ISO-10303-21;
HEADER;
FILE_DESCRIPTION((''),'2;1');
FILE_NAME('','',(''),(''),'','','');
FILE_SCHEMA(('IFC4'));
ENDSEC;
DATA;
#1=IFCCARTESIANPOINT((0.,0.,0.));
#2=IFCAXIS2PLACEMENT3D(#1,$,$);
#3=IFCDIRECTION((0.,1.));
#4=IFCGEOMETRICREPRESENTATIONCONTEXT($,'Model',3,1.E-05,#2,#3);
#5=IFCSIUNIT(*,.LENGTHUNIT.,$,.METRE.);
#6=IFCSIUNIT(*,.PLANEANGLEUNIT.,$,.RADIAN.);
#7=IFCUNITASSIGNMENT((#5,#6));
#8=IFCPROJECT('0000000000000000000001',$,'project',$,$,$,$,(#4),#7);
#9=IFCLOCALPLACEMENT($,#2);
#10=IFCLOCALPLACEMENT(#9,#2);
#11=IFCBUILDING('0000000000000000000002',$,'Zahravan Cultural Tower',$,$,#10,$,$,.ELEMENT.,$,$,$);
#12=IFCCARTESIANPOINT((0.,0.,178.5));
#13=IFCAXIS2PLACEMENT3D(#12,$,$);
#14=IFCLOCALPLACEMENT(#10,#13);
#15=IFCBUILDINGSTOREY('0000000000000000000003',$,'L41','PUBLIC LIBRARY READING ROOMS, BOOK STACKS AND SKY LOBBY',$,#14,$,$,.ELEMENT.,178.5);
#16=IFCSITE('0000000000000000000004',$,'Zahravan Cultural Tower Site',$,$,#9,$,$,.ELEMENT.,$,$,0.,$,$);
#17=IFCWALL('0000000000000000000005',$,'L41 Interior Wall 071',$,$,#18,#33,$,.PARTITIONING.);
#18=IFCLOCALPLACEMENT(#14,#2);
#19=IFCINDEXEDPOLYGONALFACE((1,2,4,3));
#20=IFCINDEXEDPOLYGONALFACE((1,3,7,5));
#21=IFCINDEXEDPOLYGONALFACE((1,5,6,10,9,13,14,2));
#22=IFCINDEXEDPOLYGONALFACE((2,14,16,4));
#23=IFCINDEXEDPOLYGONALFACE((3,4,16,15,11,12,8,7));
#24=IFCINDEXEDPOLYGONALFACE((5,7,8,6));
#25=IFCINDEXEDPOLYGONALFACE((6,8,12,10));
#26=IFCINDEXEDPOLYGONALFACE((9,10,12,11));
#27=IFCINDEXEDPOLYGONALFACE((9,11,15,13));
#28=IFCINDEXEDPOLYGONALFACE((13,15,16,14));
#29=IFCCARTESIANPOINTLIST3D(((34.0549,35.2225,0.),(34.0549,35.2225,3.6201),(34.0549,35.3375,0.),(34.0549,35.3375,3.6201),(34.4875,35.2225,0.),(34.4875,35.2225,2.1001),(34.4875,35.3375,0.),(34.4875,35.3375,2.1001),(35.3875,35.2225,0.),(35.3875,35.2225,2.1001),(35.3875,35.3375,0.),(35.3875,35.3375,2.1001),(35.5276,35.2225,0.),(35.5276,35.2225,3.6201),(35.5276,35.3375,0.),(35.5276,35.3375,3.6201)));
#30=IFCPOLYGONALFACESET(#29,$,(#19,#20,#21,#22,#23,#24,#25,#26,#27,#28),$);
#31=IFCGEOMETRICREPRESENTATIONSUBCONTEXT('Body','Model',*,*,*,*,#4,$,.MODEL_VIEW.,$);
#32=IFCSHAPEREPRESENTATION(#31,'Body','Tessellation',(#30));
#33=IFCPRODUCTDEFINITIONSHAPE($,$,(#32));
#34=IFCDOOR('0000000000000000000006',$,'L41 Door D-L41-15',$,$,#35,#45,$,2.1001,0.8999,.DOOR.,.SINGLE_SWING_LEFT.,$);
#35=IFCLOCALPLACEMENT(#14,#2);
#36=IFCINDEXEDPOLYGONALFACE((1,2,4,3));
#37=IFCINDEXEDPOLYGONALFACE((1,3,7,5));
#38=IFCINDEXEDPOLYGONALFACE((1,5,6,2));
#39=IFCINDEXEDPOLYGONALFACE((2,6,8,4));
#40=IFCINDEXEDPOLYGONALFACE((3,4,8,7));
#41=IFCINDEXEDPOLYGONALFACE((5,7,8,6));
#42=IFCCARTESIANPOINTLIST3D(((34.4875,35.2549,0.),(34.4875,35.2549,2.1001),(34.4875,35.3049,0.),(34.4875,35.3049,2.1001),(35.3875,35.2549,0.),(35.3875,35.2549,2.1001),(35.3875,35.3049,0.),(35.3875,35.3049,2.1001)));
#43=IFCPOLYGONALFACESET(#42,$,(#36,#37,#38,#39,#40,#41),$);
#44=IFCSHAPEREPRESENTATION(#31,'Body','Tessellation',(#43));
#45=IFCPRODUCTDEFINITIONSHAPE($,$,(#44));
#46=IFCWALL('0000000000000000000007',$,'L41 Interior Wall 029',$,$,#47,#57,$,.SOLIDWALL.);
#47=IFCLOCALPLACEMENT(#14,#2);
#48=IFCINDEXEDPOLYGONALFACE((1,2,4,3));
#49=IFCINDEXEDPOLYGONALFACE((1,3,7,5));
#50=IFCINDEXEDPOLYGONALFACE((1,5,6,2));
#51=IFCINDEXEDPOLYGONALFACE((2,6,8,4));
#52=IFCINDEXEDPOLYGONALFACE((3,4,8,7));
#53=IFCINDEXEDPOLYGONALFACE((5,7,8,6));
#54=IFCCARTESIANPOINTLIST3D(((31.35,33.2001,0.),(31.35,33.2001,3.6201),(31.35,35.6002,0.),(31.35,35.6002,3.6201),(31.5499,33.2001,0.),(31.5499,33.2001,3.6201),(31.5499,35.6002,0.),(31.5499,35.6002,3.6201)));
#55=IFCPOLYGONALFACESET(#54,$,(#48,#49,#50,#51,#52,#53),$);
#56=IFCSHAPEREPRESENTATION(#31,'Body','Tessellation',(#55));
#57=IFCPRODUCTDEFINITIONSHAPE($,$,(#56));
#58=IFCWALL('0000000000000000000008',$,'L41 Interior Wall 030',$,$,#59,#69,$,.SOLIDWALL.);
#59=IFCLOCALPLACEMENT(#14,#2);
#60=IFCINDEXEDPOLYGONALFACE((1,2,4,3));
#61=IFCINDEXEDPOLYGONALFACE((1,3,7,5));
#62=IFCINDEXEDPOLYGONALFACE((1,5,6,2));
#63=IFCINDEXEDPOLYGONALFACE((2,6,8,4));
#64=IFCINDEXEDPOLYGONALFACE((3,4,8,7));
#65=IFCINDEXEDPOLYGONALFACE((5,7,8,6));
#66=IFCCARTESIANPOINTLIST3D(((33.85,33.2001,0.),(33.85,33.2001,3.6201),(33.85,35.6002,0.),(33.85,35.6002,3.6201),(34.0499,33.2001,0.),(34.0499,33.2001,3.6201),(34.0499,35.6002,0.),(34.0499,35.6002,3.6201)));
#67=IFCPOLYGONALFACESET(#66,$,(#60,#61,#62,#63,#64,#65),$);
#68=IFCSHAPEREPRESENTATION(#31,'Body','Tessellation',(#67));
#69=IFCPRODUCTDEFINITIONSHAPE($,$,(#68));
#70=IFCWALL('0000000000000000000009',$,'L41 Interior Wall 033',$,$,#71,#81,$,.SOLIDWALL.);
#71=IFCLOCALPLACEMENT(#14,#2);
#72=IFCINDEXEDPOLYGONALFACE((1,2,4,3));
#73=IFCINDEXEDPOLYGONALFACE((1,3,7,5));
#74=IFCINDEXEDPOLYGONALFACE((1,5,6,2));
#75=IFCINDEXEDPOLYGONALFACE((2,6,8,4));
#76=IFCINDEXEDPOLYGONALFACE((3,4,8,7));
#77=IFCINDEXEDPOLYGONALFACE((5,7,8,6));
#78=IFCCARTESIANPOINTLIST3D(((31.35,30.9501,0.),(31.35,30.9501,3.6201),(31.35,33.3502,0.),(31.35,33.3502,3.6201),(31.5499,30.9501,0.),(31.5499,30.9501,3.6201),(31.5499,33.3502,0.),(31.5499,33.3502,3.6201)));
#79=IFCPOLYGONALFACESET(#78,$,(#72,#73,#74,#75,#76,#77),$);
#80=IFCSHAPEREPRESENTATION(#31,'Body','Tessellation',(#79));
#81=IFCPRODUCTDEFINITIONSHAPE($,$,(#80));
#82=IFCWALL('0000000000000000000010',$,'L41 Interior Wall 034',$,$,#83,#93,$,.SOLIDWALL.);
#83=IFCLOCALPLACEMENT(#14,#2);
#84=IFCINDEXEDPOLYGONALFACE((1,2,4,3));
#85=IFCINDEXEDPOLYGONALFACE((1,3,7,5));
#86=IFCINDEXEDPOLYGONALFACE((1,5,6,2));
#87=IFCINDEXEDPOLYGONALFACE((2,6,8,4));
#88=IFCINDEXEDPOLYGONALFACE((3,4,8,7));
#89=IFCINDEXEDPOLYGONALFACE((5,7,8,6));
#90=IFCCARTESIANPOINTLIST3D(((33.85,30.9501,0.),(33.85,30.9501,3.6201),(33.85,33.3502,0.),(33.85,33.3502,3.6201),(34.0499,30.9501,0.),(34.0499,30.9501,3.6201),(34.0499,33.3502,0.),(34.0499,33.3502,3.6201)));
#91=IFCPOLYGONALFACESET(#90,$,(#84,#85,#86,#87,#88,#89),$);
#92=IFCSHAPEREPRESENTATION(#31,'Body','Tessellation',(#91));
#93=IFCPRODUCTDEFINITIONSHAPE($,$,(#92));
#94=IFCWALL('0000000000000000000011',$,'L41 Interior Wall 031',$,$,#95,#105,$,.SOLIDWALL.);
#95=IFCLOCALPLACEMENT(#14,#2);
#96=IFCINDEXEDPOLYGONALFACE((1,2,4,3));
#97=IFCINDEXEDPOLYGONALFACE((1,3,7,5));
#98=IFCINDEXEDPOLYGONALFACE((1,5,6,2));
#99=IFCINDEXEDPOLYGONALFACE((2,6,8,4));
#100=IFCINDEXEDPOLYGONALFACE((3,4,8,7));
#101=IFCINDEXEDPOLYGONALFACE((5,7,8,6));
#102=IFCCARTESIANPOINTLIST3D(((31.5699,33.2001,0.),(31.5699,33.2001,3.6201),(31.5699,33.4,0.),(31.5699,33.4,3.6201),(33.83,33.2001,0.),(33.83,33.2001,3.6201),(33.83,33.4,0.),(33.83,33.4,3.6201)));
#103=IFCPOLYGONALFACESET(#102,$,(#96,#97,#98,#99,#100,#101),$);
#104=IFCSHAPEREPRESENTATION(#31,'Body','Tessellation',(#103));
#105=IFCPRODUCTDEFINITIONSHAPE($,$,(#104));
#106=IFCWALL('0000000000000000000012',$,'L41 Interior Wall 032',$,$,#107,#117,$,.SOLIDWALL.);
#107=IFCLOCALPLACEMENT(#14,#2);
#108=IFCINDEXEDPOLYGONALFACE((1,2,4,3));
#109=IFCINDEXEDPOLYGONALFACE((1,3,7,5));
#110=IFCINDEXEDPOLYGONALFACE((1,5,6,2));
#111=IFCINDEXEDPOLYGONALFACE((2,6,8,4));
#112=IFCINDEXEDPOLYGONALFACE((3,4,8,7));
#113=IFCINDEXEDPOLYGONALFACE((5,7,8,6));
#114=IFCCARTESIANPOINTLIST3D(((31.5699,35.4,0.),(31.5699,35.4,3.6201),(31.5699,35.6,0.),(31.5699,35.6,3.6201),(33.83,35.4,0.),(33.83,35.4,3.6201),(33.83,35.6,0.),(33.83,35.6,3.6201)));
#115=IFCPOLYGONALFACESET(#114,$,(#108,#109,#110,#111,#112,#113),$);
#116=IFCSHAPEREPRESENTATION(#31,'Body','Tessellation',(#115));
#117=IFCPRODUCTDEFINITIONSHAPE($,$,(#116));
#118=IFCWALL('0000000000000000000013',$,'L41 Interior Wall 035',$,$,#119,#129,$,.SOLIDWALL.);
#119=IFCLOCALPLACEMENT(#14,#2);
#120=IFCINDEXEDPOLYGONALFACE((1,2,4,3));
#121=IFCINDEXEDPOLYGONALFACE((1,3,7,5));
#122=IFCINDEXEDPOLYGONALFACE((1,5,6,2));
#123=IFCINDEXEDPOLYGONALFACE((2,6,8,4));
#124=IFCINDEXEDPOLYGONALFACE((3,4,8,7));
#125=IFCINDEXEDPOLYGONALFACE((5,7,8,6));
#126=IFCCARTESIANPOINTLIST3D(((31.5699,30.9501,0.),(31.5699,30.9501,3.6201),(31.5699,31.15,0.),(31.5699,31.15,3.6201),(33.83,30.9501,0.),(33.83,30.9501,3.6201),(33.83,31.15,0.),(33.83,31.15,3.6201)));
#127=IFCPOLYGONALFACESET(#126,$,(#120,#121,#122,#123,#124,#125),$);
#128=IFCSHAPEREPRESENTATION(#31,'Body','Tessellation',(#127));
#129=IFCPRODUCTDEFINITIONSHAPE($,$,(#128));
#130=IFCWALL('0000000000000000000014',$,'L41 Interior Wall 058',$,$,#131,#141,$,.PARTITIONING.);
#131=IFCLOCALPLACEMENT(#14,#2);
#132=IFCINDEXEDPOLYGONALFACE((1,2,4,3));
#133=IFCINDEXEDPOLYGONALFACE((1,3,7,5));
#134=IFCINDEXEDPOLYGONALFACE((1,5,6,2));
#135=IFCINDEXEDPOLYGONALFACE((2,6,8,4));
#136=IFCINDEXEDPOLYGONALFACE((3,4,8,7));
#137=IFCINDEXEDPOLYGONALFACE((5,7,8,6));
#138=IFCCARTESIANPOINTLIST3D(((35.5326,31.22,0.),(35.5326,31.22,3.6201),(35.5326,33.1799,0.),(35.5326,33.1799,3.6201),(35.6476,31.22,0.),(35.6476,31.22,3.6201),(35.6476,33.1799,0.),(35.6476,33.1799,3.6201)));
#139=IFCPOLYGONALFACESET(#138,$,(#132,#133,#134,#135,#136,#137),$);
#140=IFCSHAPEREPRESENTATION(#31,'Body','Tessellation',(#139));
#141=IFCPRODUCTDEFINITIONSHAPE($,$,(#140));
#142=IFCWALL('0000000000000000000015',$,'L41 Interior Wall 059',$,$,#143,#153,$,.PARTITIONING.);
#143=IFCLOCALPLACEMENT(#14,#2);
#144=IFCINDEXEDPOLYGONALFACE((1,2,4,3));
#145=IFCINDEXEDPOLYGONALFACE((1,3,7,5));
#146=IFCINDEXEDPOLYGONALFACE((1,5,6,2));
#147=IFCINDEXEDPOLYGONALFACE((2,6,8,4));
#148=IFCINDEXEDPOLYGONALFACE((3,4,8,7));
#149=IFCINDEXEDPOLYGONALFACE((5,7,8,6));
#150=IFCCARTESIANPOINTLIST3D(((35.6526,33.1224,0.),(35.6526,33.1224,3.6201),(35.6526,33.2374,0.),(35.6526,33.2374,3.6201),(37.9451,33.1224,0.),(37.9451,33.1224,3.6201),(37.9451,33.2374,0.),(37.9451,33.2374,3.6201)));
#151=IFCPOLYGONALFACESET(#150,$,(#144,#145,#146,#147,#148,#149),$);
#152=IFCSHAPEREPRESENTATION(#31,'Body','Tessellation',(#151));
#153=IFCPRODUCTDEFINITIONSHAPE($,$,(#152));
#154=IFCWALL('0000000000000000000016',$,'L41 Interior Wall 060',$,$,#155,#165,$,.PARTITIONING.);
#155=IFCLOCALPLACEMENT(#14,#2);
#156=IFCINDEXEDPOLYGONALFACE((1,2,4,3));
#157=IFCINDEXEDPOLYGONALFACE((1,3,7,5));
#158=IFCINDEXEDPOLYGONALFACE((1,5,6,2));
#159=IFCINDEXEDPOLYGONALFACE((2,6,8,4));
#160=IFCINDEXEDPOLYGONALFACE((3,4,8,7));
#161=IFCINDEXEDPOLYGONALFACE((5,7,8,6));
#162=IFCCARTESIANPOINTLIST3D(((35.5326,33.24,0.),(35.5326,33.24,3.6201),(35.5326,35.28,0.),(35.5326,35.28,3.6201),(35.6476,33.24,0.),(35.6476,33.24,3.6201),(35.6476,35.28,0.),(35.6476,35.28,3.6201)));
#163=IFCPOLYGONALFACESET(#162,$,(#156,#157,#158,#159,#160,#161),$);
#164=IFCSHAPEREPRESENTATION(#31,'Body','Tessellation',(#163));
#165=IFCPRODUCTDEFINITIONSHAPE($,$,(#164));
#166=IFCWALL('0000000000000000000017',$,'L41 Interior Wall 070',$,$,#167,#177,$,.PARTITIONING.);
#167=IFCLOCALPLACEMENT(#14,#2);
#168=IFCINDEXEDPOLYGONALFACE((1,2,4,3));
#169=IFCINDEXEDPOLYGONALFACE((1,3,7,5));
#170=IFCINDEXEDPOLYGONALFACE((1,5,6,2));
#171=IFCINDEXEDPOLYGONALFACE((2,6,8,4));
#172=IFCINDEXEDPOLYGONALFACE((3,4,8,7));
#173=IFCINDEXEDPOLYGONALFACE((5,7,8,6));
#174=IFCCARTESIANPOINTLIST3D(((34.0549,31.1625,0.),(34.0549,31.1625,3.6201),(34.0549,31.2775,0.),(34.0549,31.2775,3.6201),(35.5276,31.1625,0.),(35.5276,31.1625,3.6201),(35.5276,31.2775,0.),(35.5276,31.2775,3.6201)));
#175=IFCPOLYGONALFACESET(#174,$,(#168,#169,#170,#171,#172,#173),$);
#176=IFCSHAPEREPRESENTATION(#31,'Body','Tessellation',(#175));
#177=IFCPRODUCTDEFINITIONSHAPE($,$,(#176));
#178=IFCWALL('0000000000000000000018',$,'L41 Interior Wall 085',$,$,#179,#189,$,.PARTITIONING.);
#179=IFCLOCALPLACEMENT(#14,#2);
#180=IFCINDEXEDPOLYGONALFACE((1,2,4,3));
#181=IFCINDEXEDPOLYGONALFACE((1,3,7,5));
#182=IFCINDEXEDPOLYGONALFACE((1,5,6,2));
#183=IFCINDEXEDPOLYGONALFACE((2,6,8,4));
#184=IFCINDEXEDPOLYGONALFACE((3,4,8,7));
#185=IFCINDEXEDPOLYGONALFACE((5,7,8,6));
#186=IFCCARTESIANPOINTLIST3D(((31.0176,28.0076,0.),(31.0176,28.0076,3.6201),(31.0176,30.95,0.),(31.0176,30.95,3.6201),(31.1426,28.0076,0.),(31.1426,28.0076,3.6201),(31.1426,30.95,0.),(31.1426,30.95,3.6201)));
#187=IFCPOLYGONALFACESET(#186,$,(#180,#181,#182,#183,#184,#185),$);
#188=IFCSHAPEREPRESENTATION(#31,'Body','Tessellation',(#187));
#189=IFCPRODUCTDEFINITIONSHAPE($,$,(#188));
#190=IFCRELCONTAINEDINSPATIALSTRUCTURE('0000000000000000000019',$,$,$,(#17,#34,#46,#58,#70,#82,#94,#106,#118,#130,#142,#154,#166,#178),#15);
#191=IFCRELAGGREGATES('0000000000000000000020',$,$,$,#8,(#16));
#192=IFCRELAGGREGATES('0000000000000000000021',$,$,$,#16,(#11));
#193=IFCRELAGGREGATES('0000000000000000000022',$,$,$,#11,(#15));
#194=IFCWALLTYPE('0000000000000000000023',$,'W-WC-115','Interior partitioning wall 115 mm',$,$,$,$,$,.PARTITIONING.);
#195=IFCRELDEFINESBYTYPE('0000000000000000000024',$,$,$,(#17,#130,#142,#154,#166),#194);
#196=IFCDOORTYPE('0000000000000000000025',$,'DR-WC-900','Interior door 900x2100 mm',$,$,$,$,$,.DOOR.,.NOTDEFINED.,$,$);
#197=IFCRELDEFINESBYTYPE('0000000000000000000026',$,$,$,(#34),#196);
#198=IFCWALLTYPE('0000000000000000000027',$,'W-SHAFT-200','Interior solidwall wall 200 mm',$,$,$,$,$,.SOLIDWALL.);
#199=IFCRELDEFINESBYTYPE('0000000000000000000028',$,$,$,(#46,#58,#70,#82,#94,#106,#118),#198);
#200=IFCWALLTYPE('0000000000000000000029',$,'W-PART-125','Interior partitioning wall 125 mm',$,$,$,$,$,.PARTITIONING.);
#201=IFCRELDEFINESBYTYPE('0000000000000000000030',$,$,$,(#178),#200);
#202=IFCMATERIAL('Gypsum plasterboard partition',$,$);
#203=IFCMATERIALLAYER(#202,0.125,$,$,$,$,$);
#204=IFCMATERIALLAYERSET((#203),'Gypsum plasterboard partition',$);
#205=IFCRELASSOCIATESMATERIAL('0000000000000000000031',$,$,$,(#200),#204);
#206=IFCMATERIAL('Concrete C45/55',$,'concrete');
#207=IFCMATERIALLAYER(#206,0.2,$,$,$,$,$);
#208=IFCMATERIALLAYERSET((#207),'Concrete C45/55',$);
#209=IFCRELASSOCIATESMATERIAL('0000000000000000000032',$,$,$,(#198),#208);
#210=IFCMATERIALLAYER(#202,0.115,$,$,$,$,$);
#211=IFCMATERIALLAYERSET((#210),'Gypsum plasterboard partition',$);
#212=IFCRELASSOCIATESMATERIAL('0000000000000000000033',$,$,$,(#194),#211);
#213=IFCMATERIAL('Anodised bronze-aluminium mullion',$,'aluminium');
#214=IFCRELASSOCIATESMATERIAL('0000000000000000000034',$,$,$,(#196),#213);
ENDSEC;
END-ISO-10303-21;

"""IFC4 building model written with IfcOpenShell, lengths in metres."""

from ifc_helpers import new_model, si_unit, direction, frame, frame_2d, origin, place, context, subcontext, project, spatial, rectangle, extrude, source, transform, mapped, material, layer, layer_set, type_object, element, fill, save


model = new_model("IFC4")

# Units and contexts
model_context = context("Model", 3, precision=1e-05, world=origin(), true_north=direction((0.0, 1.0)))
body_context = subcontext(model_context, "Body", "Model", "MODEL_VIEW")
ifc_project = project(units=[si_unit("LENGTHUNIT", "METRE"), si_unit("PLANEANGLEUNIT", "RADIAN")], contexts=[model_context])

# Site, building, storey
site_placement = place(None, origin())
site = spatial("IfcSite", under=ifc_project, at=site_placement, Name="Zahravan Cultural Tower Site", CompositionType="ELEMENT", RefElevation=0.0)
building_placement = place(site_placement, origin())
building = spatial("IfcBuilding", under=site, at=building_placement, Name="Zahravan Cultural Tower", CompositionType="ELEMENT")
storey_placement = place(building_placement, frame((0.0, 0.0, 178.5)))
storey = spatial("IfcBuildingStorey", under=building, at=storey_placement, Name="L41", Description="PUBLIC LIBRARY READING ROOMS, BOOK STACKS AND SKY LOBBY", CompositionType="ELEMENT", Elevation=178.5)

# Wall, opening, door
ifc_material_1 = material(Name="Gypsum plasterboard partition")
ifc_layer_1 = layer(ifc_material_1, 0.125)
ifc_layer_set_1 = layer_set([ifc_layer_1], Name="Gypsum plasterboard partition")
wall_type_1 = type_object("IfcWallType", Name="W-PART-125", Description="Interior partitioning wall 125 mm", PredefinedType="PARTITIONING", material=ifc_layer_set_1)
ifc_material_2 = material(Name="Anodised bronze-aluminium mullion", Category="aluminium")
ifc_material_3 = material(Name="Concrete C45/55", Category="concrete")
ifc_layer_2 = layer(ifc_material_3, 0.2)
ifc_layer_set_2 = layer_set([ifc_layer_2], Name="Concrete C45/55")
wall_type_2 = type_object("IfcWallType", Name="W-SHAFT-200", Description="Interior solidwall wall 200 mm", PredefinedType="SOLIDWALL", material=ifc_layer_set_2)
ifc_layer_3 = layer(ifc_material_1, 0.115)
ifc_layer_set_3 = layer_set([ifc_layer_3], Name="Gypsum plasterboard partition")
wall_type_3 = type_object("IfcWallType", Name="W-WC-115", Description="Interior partitioning wall 115 mm", PredefinedType="PARTITIONING", material=ifc_layer_set_3)
door_type_1 = type_object("IfcDoorType", Name="DR-WC-900", Description="Interior door 900x2100 mm", OperationType="NOTDEFINED", PredefinedType="DOOR", material=ifc_material_2)
shared_shape_1 = source(origin(), body_context, "Body", "SweptSolid", [
    extrude(rectangle(XDim=0.8999, YDim=2.1001, at=frame_2d((0.45, 1.05))), frame((0.0, 0.0249, 0.0), z_axis=(0.0, -1.0, 0.0), x_axis=(1.0, 0.0, 0.0)), (0.0, 0.0, 1.0), 0.05),
])
wall_1_placement = place(storey_placement, frame((34.0549, 35.28, 0.0), z_axis=(0.0, 0.0, 1.0), x_axis=(1.0, 0.0, 0.0)))
wall_1 = element("IfcWall", 1, at=wall_1_placement, inside=storey, type_object=wall_type_3, Name="L41 Interior Wall 071", PredefinedType="PARTITIONING", context=body_context, shape_type="SweptSolid", body=[
    extrude(rectangle(XDim=1.4727, YDim=0.115, at=frame_2d((0.7363, 0.0))), origin(), (0.0, 0.0, 1.0), 3.6201),
])
opening_1_placement = place(wall_1_placement, frame((0.4326, 0.0, 0.0)))
opening_1 = element("IfcOpeningElement", 2, at=opening_1_placement, cuts=wall_1, PredefinedType="OPENING", context=body_context, shape_type="SweptSolid", body=[
    extrude(rectangle(XDim=0.8999, YDim=2.1001, at=frame_2d((0.45, 1.05))), frame((0.0, 0.0674, 0.0), z_axis=(0.0, -1.0, 0.0), x_axis=(1.0, 0.0, 0.0)), (0.0, 0.0, 1.0), 0.135),
])
door_1_placement = place(opening_1_placement, origin())
door_1 = element("IfcDoor", 3, at=door_1_placement, inside=storey, type_object=door_type_1, Name="L41 Door D-L41-15", OperationType="SINGLE_SWING_LEFT", OverallHeight=2.1001, OverallWidth=0.8999, PredefinedType="DOOR", context=body_context, shape_type="MappedRepresentation", body=[
    mapped(shared_shape_1, transform((0.0, 0.0, 0.0), x_axis=(1.0, 0.0, 0.0), y_axis=(0.0, 1.0, 0.0), z_axis=(0.0, 0.0, 1.0), scale=1.0)),
])
fill(opening_1, door_1)

# Walls
shared_shape_2 = source(origin(), body_context, "Body", "SweptSolid", [
    extrude(rectangle(XDim=2.4001, YDim=0.2, at=frame_2d((1.2002, 0.0))), origin(), (0.0, 0.0, 1.0), 3.6201),
])
for number, where, z_axis, x_axis, name in (
    (4, (31.45, 33.2, 0.0), (0.0, 0.0, 1.0), (0.0, 1.0, 0.0), "L41 Interior Wall 029"),
    (5, (33.95, 33.2, 0.0), (0.0, 0.0, 1.0), (0.0, 1.0, 0.0), "L41 Interior Wall 030"),
    (6, (31.45, 30.95, 0.0), (0.0, 0.0, 1.0), (0.0, 1.0, 0.0), "L41 Interior Wall 033"),
    (7, (33.95, 30.95, 0.0), (0.0, 0.0, 1.0), (0.0, 1.0, 0.0), "L41 Interior Wall 034"),
):
    element("IfcWall", number, at=place(storey_placement, frame(where, z_axis=z_axis, x_axis=x_axis)), inside=storey, type_object=wall_type_2, Name=name, PredefinedType="SOLIDWALL", context=body_context, shape_type="MappedRepresentation", body=[
        mapped(shared_shape_2, transform((0.0, 0.0, 0.0), x_axis=(1.0, 0.0, 0.0), y_axis=(0.0, 1.0, 0.0), z_axis=(0.0, 0.0, 1.0), scale=1.0)),
    ])
shared_shape_3 = source(origin(), body_context, "Body", "SweptSolid", [
    extrude(rectangle(XDim=2.26, YDim=0.2, at=frame_2d((1.1299, 0.0))), origin(), (0.0, 0.0, 1.0), 3.6201),
])
for number, where, z_axis, x_axis, name in (
    (8, (31.5701, 33.3, 0.0), (0.0, 0.0, 1.0), (1.0, 0.0, 0.0), "L41 Interior Wall 031"),
    (9, (31.5701, 35.5, 0.0), (0.0, 0.0, 1.0), (1.0, 0.0, 0.0), "L41 Interior Wall 032"),
    (10, (31.5701, 31.05, 0.0), (0.0, 0.0, 1.0), (1.0, 0.0, 0.0), "L41 Interior Wall 035"),
):
    element("IfcWall", number, at=place(storey_placement, frame(where, z_axis=z_axis, x_axis=x_axis)), inside=storey, type_object=wall_type_2, Name=name, PredefinedType="SOLIDWALL", context=body_context, shape_type="MappedRepresentation", body=[
        mapped(shared_shape_3, transform((0.0, 0.0, 0.0), x_axis=(1.0, 0.0, 0.0), y_axis=(0.0, 1.0, 0.0), z_axis=(0.0, 0.0, 1.0), scale=1.0)),
    ])
shared_shape_4 = source(origin(), body_context, "Body", "SweptSolid", [
    extrude(rectangle(XDim=1.96, YDim=0.115, at=frame_2d((0.98, 0.0))), origin(), (0.0, 0.0, 1.0), 3.6201),
])
wall_2_placement = place(storey_placement, frame((35.5901, 31.22, 0.0), z_axis=(0.0, 0.0, 1.0), x_axis=(0.0, 1.0, 0.0)))
element("IfcWall", 11, at=wall_2_placement, inside=storey, type_object=wall_type_3, Name="L41 Interior Wall 058", PredefinedType="PARTITIONING", context=body_context, shape_type="MappedRepresentation", body=[
    mapped(shared_shape_4, transform((0.0, 0.0, 0.0), x_axis=(1.0, 0.0, 0.0), y_axis=(0.0, 1.0, 0.0), z_axis=(0.0, 0.0, 1.0), scale=1.0)),
])
shared_shape_5 = source(origin(), body_context, "Body", "SweptSolid", [
    extrude(rectangle(XDim=2.2925, YDim=0.115, at=frame_2d((1.1462, 0.0))), origin(), (0.0, 0.0, 1.0), 3.6201),
])
wall_3_placement = place(storey_placement, frame((35.6526, 33.1799, 0.0), z_axis=(0.0, 0.0, 1.0), x_axis=(1.0, 0.0, 0.0)))
element("IfcWall", 12, at=wall_3_placement, inside=storey, type_object=wall_type_3, Name="L41 Interior Wall 059", PredefinedType="PARTITIONING", context=body_context, shape_type="MappedRepresentation", body=[
    mapped(shared_shape_5, transform((0.0, 0.0, 0.0), x_axis=(1.0, 0.0, 0.0), y_axis=(0.0, 1.0, 0.0), z_axis=(0.0, 0.0, 1.0), scale=1.0)),
])
shared_shape_6 = source(origin(), body_context, "Body", "SweptSolid", [
    extrude(rectangle(XDim=2.04, YDim=0.115, at=frame_2d((1.02, 0.0))), origin(), (0.0, 0.0, 1.0), 3.6201),
])
wall_4_placement = place(storey_placement, frame((35.5901, 33.24, 0.0), z_axis=(0.0, 0.0, 1.0), x_axis=(0.0, 1.0, 0.0)))
element("IfcWall", 13, at=wall_4_placement, inside=storey, type_object=wall_type_3, Name="L41 Interior Wall 060", PredefinedType="PARTITIONING", context=body_context, shape_type="MappedRepresentation", body=[
    mapped(shared_shape_6, transform((0.0, 0.0, 0.0), x_axis=(1.0, 0.0, 0.0), y_axis=(0.0, 1.0, 0.0), z_axis=(0.0, 0.0, 1.0), scale=1.0)),
])
shared_shape_7 = source(origin(), body_context, "Body", "SweptSolid", [
    extrude(rectangle(XDim=1.4727, YDim=0.115, at=frame_2d((0.7363, 0.0))), origin(), (0.0, 0.0, 1.0), 3.6201),
])
wall_5_placement = place(storey_placement, frame((35.5276, 31.22, 0.0), z_axis=(0.0, 0.0, 1.0), x_axis=(-1.0, 0.0, 0.0)))
element("IfcWall", 14, at=wall_5_placement, inside=storey, type_object=wall_type_3, Name="L41 Interior Wall 070", PredefinedType="PARTITIONING", context=body_context, shape_type="MappedRepresentation", body=[
    mapped(shared_shape_7, transform((0.0, 0.0, 0.0), x_axis=(1.0, 0.0, 0.0), y_axis=(0.0, 1.0, 0.0), z_axis=(0.0, 0.0, 1.0), scale=1.0)),
])
shared_shape_8 = source(origin(), body_context, "Body", "SweptSolid", [
    extrude(rectangle(XDim=2.9424, YDim=0.125, at=frame_2d((1.4712, 0.0))), origin(), (0.0, 0.0, 1.0), 3.6201),
])
wall_6_placement = place(storey_placement, frame((31.0801, 28.0076, 0.0), z_axis=(0.0, 0.0, 1.0), x_axis=(0.0, 1.0, 0.0)))
element("IfcWall", 15, at=wall_6_placement, inside=storey, type_object=wall_type_1, Name="L41 Interior Wall 085", PredefinedType="PARTITIONING", context=body_context, shape_type="MappedRepresentation", body=[
    mapped(shared_shape_8, transform((0.0, 0.0, 0.0), x_axis=(1.0, 0.0, 0.0), y_axis=(0.0, 1.0, 0.0), z_axis=(0.0, 0.0, 1.0), scale=1.0)),
])

save(model, "model.ifc")
